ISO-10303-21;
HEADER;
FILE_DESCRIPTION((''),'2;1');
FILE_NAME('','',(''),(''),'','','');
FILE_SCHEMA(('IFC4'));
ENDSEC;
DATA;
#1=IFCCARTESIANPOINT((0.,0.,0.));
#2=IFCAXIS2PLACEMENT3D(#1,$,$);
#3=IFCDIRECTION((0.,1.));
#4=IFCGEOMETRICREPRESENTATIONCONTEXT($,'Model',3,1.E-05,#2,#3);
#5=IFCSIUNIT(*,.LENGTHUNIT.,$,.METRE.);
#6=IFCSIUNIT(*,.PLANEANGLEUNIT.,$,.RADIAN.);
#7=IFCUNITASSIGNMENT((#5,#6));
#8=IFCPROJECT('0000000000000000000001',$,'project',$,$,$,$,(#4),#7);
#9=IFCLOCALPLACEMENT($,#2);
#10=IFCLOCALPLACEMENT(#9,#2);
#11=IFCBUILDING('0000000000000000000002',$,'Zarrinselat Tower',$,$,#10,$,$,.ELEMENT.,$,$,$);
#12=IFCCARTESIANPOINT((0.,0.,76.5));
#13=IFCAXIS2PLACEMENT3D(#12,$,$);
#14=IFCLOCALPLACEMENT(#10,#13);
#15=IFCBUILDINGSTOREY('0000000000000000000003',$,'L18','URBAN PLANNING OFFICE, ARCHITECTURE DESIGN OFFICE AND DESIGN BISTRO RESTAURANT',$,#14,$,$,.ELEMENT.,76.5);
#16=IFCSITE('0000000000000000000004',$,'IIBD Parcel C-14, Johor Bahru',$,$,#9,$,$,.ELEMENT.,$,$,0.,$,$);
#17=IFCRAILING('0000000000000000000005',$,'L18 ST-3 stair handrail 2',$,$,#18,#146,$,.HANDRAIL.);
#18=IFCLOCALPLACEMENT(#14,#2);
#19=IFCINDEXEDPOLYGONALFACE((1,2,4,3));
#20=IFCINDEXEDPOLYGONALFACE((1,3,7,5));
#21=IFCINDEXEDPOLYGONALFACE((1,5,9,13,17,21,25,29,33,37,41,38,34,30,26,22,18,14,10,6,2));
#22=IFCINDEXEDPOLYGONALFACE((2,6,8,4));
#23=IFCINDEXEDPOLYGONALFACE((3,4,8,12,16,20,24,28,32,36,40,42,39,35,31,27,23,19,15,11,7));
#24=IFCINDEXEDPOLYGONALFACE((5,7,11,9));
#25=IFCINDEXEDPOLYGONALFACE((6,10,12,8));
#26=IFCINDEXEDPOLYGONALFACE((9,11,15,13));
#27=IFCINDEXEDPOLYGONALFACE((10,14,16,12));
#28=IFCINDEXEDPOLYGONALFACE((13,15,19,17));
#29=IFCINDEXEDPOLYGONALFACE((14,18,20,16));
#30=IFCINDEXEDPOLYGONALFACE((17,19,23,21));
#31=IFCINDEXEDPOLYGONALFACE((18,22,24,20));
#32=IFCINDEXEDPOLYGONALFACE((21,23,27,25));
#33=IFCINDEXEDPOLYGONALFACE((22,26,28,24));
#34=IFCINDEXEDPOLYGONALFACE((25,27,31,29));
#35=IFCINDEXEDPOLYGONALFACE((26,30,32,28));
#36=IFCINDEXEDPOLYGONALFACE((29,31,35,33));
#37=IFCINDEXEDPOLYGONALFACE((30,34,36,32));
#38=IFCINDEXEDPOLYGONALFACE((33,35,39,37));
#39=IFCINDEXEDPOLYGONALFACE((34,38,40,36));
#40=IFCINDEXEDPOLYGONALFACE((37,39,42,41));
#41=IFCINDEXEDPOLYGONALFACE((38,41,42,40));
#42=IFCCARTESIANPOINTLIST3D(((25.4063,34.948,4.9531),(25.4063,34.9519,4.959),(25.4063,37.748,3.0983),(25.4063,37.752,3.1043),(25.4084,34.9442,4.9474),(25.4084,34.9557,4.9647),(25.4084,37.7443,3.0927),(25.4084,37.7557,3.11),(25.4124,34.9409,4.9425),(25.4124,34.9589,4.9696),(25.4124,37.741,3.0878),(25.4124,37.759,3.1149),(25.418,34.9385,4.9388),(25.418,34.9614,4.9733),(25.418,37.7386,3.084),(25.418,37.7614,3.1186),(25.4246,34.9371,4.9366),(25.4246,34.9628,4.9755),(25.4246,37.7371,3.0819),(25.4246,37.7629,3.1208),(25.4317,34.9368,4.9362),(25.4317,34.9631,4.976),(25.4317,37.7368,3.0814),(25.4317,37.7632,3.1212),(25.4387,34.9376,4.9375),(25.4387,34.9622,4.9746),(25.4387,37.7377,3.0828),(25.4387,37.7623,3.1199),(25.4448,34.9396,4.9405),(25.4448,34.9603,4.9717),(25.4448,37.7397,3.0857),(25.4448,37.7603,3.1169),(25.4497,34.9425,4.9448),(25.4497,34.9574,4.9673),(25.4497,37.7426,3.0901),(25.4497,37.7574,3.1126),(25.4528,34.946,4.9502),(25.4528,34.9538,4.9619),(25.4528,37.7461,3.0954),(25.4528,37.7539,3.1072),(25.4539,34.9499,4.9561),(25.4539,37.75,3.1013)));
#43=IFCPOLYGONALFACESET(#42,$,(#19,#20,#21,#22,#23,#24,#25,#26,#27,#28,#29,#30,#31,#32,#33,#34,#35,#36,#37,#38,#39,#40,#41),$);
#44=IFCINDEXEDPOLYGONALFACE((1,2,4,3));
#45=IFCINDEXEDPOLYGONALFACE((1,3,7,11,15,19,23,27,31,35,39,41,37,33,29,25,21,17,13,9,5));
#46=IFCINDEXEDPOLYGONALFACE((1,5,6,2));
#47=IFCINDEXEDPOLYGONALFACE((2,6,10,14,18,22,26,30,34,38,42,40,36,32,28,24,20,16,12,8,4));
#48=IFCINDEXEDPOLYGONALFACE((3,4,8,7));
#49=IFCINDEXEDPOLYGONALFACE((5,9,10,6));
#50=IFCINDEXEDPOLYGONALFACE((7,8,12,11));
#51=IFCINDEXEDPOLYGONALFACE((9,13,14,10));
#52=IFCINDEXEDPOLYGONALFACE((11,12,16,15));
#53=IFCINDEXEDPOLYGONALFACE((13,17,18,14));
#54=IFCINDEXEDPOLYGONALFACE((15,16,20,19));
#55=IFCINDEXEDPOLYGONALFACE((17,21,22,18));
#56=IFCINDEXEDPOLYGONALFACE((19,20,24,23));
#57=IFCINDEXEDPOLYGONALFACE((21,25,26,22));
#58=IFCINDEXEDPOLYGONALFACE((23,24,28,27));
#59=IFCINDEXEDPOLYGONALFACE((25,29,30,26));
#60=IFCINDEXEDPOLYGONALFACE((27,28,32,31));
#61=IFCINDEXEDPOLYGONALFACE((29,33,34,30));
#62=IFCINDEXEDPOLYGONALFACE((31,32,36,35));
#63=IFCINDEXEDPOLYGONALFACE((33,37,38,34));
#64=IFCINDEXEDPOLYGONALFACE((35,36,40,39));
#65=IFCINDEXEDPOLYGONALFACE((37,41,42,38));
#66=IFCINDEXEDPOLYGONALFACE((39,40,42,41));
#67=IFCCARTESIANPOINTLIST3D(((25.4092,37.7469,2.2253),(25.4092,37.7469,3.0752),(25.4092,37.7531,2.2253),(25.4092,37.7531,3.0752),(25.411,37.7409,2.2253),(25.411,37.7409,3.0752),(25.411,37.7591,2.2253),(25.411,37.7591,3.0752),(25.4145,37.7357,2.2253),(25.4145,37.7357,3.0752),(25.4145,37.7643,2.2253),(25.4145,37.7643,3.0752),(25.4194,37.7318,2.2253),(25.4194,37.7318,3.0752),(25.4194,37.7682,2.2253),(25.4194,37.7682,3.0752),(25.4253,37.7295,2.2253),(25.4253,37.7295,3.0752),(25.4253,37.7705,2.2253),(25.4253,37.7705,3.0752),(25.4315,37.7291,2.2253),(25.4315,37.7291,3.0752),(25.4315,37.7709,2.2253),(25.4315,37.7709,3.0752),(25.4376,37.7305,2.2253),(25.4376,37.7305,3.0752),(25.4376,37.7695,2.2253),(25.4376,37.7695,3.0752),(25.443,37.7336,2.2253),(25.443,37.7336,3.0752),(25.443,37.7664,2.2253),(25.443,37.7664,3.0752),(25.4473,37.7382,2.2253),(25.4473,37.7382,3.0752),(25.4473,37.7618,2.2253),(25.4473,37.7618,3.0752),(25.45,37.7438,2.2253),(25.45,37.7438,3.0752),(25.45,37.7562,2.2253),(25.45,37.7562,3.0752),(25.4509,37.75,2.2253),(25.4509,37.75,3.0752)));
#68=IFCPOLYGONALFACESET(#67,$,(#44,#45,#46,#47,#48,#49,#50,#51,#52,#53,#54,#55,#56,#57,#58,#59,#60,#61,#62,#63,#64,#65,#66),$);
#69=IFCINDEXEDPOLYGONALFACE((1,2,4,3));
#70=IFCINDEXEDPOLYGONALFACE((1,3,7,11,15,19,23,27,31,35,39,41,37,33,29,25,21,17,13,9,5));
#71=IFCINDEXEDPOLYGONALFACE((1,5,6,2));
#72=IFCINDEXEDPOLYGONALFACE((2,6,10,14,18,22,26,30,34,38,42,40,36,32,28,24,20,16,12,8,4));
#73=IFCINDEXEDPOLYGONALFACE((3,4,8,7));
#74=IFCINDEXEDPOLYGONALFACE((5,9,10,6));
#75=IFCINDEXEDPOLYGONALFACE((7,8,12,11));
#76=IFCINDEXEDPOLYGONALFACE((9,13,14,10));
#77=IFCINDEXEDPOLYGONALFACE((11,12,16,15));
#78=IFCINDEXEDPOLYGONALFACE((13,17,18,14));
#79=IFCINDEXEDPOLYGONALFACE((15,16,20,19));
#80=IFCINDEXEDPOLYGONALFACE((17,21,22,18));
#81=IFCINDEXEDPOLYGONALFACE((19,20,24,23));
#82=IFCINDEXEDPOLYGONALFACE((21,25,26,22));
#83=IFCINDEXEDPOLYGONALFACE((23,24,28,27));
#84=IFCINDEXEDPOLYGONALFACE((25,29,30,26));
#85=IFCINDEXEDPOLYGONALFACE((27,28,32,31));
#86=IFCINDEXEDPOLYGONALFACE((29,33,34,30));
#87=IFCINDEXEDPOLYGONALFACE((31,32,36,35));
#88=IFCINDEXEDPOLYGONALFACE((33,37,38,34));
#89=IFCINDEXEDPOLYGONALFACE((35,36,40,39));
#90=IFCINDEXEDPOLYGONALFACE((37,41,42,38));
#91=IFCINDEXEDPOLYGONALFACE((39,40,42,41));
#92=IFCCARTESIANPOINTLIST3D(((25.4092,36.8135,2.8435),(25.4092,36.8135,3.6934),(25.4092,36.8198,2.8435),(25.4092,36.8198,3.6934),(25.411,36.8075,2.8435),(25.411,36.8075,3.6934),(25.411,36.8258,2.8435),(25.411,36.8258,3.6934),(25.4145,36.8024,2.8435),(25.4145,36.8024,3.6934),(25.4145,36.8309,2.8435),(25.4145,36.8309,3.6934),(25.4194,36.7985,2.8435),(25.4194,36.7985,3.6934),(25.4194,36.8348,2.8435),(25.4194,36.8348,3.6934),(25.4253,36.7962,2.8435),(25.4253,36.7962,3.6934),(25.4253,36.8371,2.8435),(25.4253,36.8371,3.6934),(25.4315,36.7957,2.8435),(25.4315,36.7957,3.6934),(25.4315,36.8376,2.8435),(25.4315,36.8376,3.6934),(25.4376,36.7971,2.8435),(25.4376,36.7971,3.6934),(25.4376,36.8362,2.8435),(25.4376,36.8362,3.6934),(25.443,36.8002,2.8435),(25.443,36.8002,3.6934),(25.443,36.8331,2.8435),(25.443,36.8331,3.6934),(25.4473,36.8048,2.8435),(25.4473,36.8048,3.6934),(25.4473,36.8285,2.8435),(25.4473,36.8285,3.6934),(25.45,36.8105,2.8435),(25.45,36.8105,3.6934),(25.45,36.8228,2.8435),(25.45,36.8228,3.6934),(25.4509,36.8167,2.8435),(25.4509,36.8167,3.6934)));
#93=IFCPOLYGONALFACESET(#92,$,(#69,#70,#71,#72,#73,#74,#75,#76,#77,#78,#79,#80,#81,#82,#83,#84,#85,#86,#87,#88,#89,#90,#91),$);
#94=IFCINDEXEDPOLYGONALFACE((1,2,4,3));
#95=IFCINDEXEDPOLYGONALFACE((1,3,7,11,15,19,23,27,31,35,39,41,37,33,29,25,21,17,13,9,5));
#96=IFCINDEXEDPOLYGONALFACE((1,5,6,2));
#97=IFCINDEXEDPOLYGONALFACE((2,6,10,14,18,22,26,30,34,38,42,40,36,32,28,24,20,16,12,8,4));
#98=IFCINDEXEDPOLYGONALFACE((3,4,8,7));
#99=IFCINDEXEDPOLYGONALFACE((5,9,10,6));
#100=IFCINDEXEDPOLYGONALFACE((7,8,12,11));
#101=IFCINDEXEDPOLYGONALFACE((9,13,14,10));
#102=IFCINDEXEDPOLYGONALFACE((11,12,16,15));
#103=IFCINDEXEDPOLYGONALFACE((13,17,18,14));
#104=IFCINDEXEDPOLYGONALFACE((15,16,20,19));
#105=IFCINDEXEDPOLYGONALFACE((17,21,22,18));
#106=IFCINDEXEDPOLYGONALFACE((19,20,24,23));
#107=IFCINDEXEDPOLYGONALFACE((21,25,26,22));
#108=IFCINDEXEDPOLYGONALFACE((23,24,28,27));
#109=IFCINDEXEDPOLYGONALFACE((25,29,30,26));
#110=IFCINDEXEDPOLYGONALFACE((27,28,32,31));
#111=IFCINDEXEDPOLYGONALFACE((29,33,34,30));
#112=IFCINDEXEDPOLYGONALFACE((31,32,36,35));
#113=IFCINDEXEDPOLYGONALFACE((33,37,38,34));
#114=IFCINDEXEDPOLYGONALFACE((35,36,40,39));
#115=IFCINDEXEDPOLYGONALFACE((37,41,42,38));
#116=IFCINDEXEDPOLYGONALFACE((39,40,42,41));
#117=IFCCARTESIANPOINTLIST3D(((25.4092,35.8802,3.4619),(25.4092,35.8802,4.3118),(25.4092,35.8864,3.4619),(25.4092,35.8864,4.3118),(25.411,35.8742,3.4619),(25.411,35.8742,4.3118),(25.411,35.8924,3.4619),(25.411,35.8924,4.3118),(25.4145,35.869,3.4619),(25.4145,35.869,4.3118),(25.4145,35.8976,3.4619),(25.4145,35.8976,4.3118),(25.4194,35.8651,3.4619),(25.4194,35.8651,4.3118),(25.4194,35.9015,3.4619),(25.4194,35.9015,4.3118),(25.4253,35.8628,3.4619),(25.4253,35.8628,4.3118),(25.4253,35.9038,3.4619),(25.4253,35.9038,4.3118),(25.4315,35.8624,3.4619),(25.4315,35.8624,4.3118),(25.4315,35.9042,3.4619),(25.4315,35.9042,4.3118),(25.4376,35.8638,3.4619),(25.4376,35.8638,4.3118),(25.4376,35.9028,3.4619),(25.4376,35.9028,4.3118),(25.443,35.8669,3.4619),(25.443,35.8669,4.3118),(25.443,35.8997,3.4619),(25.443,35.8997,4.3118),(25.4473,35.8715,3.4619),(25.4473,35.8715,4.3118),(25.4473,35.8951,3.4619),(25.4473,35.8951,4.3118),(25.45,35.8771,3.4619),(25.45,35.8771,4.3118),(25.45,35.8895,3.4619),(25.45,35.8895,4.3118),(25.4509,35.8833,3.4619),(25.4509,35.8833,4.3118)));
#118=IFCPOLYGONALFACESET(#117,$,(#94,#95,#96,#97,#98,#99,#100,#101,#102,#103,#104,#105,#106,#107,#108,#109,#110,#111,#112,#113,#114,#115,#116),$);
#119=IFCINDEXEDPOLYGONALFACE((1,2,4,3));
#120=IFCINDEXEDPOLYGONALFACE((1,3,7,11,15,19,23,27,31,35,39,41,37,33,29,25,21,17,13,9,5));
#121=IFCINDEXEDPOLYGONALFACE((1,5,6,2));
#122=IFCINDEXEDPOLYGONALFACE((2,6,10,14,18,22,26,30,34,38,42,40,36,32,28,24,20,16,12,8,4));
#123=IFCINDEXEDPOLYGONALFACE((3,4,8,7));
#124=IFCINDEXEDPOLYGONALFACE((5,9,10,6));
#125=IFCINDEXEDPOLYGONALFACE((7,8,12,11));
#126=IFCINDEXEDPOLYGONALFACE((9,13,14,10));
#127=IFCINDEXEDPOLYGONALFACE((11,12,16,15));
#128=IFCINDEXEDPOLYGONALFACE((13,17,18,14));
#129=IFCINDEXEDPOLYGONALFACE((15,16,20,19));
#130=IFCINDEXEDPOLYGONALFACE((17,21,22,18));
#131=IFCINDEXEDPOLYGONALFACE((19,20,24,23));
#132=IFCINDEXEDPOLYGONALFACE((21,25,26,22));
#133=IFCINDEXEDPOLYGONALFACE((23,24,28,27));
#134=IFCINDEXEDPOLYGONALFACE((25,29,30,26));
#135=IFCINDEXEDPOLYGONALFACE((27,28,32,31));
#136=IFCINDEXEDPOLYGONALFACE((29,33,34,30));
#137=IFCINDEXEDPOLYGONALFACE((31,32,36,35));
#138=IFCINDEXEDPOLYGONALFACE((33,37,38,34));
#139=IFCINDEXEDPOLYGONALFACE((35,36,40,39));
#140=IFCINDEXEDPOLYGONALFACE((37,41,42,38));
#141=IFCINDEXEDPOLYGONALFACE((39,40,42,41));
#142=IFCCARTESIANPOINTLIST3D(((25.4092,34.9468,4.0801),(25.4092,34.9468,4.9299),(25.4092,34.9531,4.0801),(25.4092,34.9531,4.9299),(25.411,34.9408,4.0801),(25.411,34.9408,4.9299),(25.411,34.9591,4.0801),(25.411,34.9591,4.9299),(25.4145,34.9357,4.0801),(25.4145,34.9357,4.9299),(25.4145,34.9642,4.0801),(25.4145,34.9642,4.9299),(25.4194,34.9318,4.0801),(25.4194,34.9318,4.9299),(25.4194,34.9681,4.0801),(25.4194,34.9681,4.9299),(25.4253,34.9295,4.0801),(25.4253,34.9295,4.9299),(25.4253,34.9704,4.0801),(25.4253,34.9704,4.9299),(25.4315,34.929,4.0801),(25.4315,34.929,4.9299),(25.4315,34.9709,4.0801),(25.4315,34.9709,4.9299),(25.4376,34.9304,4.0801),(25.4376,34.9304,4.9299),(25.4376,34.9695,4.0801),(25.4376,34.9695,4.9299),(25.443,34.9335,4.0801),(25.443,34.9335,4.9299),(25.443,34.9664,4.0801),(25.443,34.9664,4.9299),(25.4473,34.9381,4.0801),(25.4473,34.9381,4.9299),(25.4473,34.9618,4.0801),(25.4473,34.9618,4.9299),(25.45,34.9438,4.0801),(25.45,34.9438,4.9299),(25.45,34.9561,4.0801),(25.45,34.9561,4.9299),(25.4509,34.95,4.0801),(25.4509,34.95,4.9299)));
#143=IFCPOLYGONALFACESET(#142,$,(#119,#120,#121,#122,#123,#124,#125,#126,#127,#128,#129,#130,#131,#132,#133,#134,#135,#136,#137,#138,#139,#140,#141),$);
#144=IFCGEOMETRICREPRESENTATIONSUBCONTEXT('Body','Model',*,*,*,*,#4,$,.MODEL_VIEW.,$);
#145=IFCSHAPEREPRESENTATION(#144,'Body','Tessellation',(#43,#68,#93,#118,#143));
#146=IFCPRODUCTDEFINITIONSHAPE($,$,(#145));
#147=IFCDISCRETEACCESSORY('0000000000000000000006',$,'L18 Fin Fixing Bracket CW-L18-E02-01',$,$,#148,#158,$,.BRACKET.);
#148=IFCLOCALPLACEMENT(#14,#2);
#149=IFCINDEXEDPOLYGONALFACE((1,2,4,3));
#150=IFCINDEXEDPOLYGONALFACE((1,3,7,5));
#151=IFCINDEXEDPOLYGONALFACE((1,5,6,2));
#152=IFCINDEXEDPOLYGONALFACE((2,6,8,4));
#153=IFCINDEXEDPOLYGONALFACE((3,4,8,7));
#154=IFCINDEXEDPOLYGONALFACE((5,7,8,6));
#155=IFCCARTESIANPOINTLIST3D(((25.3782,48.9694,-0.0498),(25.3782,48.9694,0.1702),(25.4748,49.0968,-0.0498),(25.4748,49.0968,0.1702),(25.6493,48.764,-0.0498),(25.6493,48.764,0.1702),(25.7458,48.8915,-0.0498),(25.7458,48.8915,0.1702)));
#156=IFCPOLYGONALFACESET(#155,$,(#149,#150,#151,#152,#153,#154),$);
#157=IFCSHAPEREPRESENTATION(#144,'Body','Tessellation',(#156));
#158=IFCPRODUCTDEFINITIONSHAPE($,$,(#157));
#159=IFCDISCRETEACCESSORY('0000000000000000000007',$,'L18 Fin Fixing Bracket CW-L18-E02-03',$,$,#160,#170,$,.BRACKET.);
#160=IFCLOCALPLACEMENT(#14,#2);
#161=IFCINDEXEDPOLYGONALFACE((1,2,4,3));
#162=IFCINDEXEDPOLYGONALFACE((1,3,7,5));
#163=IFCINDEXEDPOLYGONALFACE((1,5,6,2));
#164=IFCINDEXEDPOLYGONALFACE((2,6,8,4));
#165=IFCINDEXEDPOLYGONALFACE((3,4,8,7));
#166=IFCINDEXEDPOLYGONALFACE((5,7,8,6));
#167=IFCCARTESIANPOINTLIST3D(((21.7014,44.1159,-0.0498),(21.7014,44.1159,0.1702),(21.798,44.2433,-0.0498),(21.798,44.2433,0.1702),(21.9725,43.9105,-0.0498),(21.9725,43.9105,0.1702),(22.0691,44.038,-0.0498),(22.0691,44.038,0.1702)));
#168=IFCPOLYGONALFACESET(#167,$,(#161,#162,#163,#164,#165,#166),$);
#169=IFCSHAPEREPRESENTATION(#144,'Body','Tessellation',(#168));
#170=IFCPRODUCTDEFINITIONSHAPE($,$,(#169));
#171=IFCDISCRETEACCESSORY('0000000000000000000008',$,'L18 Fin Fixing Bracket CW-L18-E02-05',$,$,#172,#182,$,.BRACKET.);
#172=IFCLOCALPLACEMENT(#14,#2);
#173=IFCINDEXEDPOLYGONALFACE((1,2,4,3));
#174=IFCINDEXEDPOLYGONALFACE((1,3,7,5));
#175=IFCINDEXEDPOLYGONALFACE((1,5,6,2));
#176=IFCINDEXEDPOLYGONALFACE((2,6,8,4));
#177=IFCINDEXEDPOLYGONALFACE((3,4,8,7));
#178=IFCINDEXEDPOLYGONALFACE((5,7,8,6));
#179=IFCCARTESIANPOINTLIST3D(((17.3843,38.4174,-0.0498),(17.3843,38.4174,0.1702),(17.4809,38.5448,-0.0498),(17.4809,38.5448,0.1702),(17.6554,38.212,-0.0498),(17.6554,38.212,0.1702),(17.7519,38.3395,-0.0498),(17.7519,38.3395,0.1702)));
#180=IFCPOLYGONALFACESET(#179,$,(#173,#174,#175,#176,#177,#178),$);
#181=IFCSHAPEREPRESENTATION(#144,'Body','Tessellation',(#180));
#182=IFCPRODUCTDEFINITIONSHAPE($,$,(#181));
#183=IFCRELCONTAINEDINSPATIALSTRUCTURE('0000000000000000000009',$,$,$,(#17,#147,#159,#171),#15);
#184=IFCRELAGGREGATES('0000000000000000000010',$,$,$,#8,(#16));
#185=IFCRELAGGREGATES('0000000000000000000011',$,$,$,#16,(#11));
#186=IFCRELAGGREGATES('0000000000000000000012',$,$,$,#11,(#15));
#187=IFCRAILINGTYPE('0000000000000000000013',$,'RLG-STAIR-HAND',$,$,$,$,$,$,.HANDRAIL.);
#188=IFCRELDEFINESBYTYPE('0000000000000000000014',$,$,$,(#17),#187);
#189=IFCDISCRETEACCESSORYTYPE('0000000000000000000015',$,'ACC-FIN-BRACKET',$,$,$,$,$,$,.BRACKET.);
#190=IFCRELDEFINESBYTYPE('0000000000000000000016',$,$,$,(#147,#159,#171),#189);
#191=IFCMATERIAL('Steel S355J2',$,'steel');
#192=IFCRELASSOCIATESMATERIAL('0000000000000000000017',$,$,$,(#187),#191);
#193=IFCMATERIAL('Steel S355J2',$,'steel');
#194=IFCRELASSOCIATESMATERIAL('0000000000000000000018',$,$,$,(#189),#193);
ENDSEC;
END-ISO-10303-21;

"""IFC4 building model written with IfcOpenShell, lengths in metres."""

from ifc_helpers import new_model, si_unit, direction, frame, origin, origin_2d, place, context, subcontext, project, spatial, rectangle, circle, extrude, material, type_object, element, save


model = new_model("IFC4")

# Units and contexts
model_context = context("Model", 3, precision=1e-05, world=origin(), true_north=direction((0.0, 1.0)))
body_context = subcontext(model_context, "Body", "Model", "MODEL_VIEW")
ifc_project = project(units=[si_unit("LENGTHUNIT", "METRE"), si_unit("PLANEANGLEUNIT", "RADIAN")], contexts=[model_context])

# Site, building, storey
site_placement = place(None, origin())
site = spatial("IfcSite", under=ifc_project, at=site_placement, Name="IIBD Parcel C-14, Johor Bahru", CompositionType="ELEMENT", RefElevation=0.0)
building_placement = place(site_placement, origin())
building = spatial("IfcBuilding", under=site, at=building_placement, Name="Zarrinselat Tower", CompositionType="ELEMENT")
storey_placement = place(building_placement, frame((0.0, 0.0, 76.5)))
storey = spatial("IfcBuildingStorey", under=building, at=storey_placement, Name="L18", Description="URBAN PLANNING OFFICE, ARCHITECTURE DESIGN OFFICE AND DESIGN BISTRO RESTAURANT", CompositionType="ELEMENT", Elevation=76.5)

# Railing
ifc_material_1 = material(Name="Steel S355J2", Category="steel")
railing_type_1 = type_object("IfcRailingType", Name="RLG-STAIR-HAND", PredefinedType="HANDRAIL", material=ifc_material_1)
railing_1_placement = place(storey_placement, frame((25.4299, 37.75, 2.2253)))
element("IfcRailing", 1, at=railing_1_placement, inside=storey, type_object=railing_type_1, Name="L18 ST-3 stair handrail 2", PredefinedType="HANDRAIL", context=body_context, shape_type="SweptSolid", body=[
    extrude(circle(Radius=0.0239, at=origin_2d()), frame((0.0, 0.0, 0.876), z_axis=(0.0, -0.833691, 0.552232), x_axis=(1.0, 0.0, 0.0)), (0.0, 0.0, 1.0), 3.3586),
    extrude(circle(Radius=0.021, at=origin_2d()), origin(), (0.0, 0.0, 1.0), 0.8499),
    extrude(circle(Radius=0.021, at=origin_2d()), frame((0.0, -0.9333, 0.6182)), (0.0, 0.0, 1.0), 0.8499),
    extrude(circle(Radius=0.021, at=origin_2d()), frame((0.0, -1.8667, 1.2366)), (0.0, 0.0, 1.0), 0.8499),
    extrude(circle(Radius=0.021, at=origin_2d()), frame((0.0, -2.8, 1.8547)), (0.0, 0.0, 1.0), 0.8499),
])

# Discrete accessories
ifc_material_2 = material(Name="Steel S355J2", Category="steel")
discrete_accessory_type = type_object("IfcDiscreteAccessoryType", Name="ACC-FIN-BRACKET", PredefinedType="BRACKET", material=ifc_material_2)
for number, where, z_axis, x_axis, name in (
    (2, (25.562, 48.9304, -0.0498), (0.0, 0.0, 1.0), (-0.797093, 0.603857, 0.0), "L18 Fin Fixing Bracket CW-L18-E02-01"),
    (3, (21.8853, 44.0769, -0.0498), (0.0, 0.0, 1.0), (-0.797093, 0.603857, 0.0), "L18 Fin Fixing Bracket CW-L18-E02-03"),
    (4, (17.5681, 38.3784, -0.0498), (0.0, 0.0, 1.0), (-0.797093, 0.603857, 0.0), "L18 Fin Fixing Bracket CW-L18-E02-05"),
):
    element("IfcDiscreteAccessory", number, at=place(storey_placement, frame(where, z_axis=z_axis, x_axis=x_axis)), inside=storey, type_object=discrete_accessory_type, Name=name, PredefinedType="BRACKET", context=body_context, shape_type="SweptSolid", body=[
        extrude(rectangle(XDim=0.3401, YDim=0.1599, at=origin_2d()), origin(), (0.0, 0.0, 1.0), 0.22),
    ])

save(model, "model.ifc")
